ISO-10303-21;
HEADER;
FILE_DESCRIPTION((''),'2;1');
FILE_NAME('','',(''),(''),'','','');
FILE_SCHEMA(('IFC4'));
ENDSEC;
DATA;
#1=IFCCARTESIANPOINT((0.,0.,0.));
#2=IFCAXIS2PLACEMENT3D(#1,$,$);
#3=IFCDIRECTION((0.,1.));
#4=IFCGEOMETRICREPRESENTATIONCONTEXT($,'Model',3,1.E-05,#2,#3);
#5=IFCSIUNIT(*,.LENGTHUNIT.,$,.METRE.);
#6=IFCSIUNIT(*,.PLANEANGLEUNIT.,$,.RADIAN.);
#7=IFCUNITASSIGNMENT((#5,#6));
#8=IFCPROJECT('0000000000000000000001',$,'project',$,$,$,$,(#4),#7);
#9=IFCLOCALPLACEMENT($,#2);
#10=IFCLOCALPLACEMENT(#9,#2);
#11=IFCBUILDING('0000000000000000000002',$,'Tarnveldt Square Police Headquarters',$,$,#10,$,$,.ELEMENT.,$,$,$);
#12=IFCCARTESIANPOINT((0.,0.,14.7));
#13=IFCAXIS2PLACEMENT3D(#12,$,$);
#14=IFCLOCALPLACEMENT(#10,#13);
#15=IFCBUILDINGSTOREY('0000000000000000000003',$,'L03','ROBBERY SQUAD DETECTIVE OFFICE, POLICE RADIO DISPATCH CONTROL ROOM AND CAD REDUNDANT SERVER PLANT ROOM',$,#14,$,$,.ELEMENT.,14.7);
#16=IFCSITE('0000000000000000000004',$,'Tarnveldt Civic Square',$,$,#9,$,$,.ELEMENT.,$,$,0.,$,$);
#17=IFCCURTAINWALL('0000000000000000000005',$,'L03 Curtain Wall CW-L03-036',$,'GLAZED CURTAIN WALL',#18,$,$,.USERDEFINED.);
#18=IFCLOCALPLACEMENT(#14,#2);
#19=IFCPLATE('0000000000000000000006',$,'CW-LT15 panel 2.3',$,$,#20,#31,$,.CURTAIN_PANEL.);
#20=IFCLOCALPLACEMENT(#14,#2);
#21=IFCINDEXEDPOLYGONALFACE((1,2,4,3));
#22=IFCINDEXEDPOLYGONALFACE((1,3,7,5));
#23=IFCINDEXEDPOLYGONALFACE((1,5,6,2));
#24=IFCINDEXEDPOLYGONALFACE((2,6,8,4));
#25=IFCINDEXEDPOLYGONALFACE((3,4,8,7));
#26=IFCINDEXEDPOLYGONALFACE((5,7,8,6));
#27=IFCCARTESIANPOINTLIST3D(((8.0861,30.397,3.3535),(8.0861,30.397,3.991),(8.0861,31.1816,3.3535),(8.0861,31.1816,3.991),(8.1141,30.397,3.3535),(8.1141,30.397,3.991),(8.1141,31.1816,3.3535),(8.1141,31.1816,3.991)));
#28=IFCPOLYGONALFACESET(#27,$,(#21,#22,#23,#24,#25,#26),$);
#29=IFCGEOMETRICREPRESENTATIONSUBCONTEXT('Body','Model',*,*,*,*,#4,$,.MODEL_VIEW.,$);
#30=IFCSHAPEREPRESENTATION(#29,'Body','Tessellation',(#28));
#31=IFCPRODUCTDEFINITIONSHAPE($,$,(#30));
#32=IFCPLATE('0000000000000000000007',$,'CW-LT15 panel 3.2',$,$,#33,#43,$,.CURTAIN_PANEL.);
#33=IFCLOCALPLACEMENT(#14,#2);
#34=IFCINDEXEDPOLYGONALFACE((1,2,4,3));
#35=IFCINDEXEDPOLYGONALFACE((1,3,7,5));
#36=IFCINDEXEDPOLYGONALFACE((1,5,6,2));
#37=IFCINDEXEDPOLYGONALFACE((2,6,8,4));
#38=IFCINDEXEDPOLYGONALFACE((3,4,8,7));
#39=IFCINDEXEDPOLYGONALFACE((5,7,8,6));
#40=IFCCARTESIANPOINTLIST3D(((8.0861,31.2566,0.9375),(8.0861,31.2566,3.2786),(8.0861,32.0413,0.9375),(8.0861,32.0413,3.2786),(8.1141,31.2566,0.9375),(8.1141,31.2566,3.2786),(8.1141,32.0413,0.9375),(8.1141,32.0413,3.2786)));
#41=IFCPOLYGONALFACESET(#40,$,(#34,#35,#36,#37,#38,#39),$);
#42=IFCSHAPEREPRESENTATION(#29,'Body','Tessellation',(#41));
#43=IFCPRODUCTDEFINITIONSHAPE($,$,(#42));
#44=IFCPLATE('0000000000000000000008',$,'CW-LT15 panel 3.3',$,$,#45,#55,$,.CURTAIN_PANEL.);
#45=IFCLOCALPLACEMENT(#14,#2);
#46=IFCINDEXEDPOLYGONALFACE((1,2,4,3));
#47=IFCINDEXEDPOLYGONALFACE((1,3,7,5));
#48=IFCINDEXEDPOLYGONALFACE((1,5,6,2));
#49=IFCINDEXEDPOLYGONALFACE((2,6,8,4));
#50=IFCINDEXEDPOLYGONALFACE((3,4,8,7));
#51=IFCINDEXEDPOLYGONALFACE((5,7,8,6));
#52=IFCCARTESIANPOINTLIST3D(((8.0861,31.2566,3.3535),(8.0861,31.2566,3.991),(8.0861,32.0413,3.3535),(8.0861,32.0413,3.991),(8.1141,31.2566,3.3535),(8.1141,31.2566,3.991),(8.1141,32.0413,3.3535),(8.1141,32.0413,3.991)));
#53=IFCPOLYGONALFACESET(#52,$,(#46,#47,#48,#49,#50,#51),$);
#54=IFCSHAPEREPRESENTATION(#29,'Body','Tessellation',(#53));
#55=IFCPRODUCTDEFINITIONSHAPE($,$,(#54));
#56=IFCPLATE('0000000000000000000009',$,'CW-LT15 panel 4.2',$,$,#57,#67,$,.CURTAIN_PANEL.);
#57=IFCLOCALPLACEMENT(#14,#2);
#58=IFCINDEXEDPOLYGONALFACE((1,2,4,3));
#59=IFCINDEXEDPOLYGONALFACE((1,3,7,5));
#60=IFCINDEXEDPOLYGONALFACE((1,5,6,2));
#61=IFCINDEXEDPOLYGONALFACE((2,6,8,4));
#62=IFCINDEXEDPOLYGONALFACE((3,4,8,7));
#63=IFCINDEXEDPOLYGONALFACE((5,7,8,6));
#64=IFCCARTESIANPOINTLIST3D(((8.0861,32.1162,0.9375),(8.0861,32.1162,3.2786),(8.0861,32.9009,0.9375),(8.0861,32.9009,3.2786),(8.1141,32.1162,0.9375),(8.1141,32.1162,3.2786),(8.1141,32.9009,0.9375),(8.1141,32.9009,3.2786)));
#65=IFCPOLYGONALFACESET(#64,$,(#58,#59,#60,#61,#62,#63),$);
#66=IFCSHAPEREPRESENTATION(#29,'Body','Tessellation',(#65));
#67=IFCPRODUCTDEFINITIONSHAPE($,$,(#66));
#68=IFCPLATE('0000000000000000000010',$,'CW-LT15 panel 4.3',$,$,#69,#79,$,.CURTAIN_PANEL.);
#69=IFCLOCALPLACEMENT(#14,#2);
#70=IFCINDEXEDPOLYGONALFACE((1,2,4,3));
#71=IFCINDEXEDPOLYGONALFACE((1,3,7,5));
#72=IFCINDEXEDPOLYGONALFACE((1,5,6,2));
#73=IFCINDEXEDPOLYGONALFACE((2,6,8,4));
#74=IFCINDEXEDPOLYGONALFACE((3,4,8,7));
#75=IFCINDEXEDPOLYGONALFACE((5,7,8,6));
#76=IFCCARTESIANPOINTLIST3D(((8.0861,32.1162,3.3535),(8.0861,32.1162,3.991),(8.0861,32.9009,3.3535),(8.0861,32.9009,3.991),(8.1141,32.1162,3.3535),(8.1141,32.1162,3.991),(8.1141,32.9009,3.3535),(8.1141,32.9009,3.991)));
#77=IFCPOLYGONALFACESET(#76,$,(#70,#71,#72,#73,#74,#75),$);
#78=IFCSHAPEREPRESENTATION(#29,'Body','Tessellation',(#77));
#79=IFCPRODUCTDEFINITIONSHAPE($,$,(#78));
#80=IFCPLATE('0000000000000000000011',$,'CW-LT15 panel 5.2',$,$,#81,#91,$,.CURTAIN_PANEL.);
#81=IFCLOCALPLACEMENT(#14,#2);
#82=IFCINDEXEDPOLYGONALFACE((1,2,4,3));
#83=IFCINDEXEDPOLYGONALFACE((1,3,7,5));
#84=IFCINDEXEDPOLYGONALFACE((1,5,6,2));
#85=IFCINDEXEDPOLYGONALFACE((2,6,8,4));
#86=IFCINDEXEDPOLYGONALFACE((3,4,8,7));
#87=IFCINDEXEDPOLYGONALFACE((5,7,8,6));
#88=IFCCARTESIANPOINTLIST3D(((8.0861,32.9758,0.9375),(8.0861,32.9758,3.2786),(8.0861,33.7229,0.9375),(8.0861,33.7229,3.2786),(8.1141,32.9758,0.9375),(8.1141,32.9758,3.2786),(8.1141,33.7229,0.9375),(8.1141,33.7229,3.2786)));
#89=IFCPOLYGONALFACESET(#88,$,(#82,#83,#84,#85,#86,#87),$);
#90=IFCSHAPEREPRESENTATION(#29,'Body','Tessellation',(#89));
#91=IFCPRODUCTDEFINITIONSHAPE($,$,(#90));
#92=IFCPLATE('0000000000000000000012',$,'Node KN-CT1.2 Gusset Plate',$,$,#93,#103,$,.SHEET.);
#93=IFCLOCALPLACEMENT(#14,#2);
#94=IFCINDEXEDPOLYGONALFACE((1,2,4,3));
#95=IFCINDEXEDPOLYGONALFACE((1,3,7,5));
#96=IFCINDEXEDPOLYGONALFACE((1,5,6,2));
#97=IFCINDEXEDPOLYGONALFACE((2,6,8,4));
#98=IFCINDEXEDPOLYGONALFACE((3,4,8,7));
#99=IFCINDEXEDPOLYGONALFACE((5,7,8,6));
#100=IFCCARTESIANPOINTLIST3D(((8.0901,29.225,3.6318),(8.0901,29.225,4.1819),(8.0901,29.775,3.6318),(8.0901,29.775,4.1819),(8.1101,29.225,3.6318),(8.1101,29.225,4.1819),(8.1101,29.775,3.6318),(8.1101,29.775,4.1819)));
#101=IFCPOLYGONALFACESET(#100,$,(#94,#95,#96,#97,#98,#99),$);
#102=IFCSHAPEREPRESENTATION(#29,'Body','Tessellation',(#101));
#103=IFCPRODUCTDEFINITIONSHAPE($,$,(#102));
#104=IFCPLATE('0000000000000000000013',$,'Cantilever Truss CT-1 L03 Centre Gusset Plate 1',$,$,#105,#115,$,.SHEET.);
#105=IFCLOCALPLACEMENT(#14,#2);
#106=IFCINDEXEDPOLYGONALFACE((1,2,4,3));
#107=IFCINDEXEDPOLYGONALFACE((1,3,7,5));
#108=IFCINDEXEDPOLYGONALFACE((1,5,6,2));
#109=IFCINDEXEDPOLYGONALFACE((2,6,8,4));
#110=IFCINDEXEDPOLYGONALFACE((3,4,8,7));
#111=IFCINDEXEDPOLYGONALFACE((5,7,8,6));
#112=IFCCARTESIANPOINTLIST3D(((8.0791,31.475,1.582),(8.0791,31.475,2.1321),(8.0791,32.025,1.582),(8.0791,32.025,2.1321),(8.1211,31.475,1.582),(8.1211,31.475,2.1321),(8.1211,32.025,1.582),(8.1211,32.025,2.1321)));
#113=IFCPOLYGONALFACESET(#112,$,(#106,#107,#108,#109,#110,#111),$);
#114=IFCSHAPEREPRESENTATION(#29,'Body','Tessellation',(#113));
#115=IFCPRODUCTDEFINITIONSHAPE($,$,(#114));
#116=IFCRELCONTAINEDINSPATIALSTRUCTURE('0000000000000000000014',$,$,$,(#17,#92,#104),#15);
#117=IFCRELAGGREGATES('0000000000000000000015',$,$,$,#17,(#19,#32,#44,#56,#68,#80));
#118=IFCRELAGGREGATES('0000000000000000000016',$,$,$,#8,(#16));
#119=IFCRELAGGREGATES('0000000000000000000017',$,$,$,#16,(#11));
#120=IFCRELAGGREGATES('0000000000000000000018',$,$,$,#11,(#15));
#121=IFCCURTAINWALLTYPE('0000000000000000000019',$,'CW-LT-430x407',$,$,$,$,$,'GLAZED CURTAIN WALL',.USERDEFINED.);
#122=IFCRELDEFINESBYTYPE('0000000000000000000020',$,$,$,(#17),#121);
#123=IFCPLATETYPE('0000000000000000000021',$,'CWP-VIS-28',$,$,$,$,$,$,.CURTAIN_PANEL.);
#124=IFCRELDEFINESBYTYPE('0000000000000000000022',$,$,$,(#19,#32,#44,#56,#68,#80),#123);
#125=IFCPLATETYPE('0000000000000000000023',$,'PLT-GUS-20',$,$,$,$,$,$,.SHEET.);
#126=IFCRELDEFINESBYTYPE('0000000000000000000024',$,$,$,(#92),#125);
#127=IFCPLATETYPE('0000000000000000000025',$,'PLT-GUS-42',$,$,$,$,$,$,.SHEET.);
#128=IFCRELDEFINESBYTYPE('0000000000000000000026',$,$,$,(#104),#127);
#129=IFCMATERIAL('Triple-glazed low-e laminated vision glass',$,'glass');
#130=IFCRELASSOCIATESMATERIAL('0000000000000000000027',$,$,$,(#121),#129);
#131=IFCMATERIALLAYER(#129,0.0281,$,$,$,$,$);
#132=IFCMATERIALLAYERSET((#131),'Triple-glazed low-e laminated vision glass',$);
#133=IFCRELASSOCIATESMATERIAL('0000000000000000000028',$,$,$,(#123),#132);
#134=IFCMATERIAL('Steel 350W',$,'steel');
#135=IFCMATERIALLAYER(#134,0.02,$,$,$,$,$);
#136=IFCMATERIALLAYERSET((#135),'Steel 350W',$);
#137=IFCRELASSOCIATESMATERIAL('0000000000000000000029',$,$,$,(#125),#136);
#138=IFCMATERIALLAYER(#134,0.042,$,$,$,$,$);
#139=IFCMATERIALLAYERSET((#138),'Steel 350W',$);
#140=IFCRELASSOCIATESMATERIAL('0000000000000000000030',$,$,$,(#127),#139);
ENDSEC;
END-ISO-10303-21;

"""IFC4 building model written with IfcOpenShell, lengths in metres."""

from ifc_helpers import new_model, si_unit, direction, frame, origin, origin_2d, place, context, subcontext, project, spatial, rectangle, extrude, material, layer, layer_set, type_object, element, aggregate, save


model = new_model("IFC4")

# Units and contexts
model_context = context("Model", 3, precision=1e-05, world=origin(), true_north=direction((0.0, 1.0)))
body_context = subcontext(model_context, "Body", "Model", "MODEL_VIEW")
ifc_project = project(units=[si_unit("LENGTHUNIT", "METRE"), si_unit("PLANEANGLEUNIT", "RADIAN")], contexts=[model_context])

# Site, building, storey
site_placement = place(None, origin())
site = spatial("IfcSite", under=ifc_project, at=site_placement, Name="Tarnveldt Civic Square", CompositionType="ELEMENT", RefElevation=0.0)
building_placement = place(site_placement, origin())
building = spatial("IfcBuilding", under=site, at=building_placement, Name="Tarnveldt Square Police Headquarters", CompositionType="ELEMENT")
storey_placement = place(building_placement, frame((0.0, 0.0, 14.7)))
storey = spatial("IfcBuildingStorey", under=building, at=storey_placement, Name="L03", Description="ROBBERY SQUAD DETECTIVE OFFICE, POLICE RADIO DISPATCH CONTROL ROOM AND CAD REDUNDANT SERVER PLANT ROOM", CompositionType="ELEMENT", Elevation=14.7)

# Shared definitions
ifc_material_1 = material(Name="Steel 350W", Category="steel")

# Curtain wall
ifc_material_2 = material(Name="Triple-glazed low-e laminated vision glass", Category="glass")
curtain_wall_type_1 = type_object("IfcCurtainWallType", Name="CW-LT-430x407", ElementType="GLAZED CURTAIN WALL", PredefinedType="USERDEFINED", material=ifc_material_2)
curtain_wall_1_placement = place(storey_placement, origin())
curtain_wall_1 = element("IfcCurtainWall", 1, at=curtain_wall_1_placement, inside=storey, type_object=curtain_wall_type_1, Name="L03 Curtain Wall CW-L03-036", ObjectType="GLAZED CURTAIN WALL", PredefinedType="USERDEFINED")

# Plates
ifc_layer_1 = layer(ifc_material_2, 0.0281)
ifc_layer_set_1 = layer_set([ifc_layer_1], Name="Triple-glazed low-e laminated vision glass")
plate_type_1 = type_object("IfcPlateType", Name="CWP-VIS-28", PredefinedType="CURTAIN_PANEL", material=ifc_layer_set_1)
plate_1_placement = place(storey_placement, frame((8.1001, 30.7893, 3.3535), z_axis=(0.0, 0.0, 1.0), x_axis=(0.0, 1.0, 0.0)))
plate_1 = element("IfcPlate", 2, at=plate_1_placement, type_object=plate_type_1, Name="CW-LT15 panel 2.3", PredefinedType="CURTAIN_PANEL", context=body_context, shape_type="SweptSolid", body=[
    extrude(rectangle(XDim=0.7847, YDim=0.0281, at=origin_2d()), origin(), (0.0, 0.0, 1.0), 0.6375),
])
plate_2_placement = place(storey_placement, frame((8.1001, 31.6489, 0.9375), z_axis=(0.0, 0.0, 1.0), x_axis=(0.0, 1.0, 0.0)))
plate_2 = element("IfcPlate", 3, at=plate_2_placement, type_object=plate_type_1, Name="CW-LT15 panel 3.2", PredefinedType="CURTAIN_PANEL", context=body_context, shape_type="SweptSolid", body=[
    extrude(rectangle(XDim=0.7847, YDim=0.0281, at=origin_2d()), origin(), (0.0, 0.0, 1.0), 2.3411),
])
plate_3_placement = place(storey_placement, frame((8.1001, 31.6489, 3.3535), z_axis=(0.0, 0.0, 1.0), x_axis=(0.0, 1.0, 0.0)))
plate_3 = element("IfcPlate", 4, at=plate_3_placement, type_object=plate_type_1, Name="CW-LT15 panel 3.3", PredefinedType="CURTAIN_PANEL", context=body_context, shape_type="SweptSolid", body=[
    extrude(rectangle(XDim=0.7847, YDim=0.0281, at=origin_2d()), origin(), (0.0, 0.0, 1.0), 0.6375),
])
plate_4_placement = place(storey_placement, frame((8.1001, 32.5085, 0.9375), z_axis=(0.0, 0.0, 1.0), x_axis=(0.0, 1.0, 0.0)))
plate_4 = element("IfcPlate", 5, at=plate_4_placement, type_object=plate_type_1, Name="CW-LT15 panel 4.2", PredefinedType="CURTAIN_PANEL", context=body_context, shape_type="SweptSolid", body=[
    extrude(rectangle(XDim=0.7847, YDim=0.0281, at=origin_2d()), origin(), (0.0, 0.0, 1.0), 2.3411),
])
plate_5_placement = place(storey_placement, frame((8.1001, 32.5085, 3.3535), z_axis=(0.0, 0.0, 1.0), x_axis=(0.0, 1.0, 0.0)))
plate_5 = element("IfcPlate", 6, at=plate_5_placement, type_object=plate_type_1, Name="CW-LT15 panel 4.3", PredefinedType="CURTAIN_PANEL", context=body_context, shape_type="SweptSolid", body=[
    extrude(rectangle(XDim=0.7847, YDim=0.0281, at=origin_2d()), origin(), (0.0, 0.0, 1.0), 0.6375),
])
plate_6_placement = place(storey_placement, frame((8.1001, 33.3494, 0.9375), z_axis=(0.0, 0.0, 1.0), x_axis=(0.0, 1.0, 0.0)))
plate_6 = element("IfcPlate", 7, at=plate_6_placement, type_object=plate_type_1, Name="CW-LT15 panel 5.2", PredefinedType="CURTAIN_PANEL", context=body_context, shape_type="SweptSolid", body=[
    extrude(rectangle(XDim=0.7471, YDim=0.0281, at=origin_2d()), origin(), (0.0, 0.0, 1.0), 2.3411),
])
aggregate(curtain_wall_1, [plate_1, plate_2, plate_3, plate_4, plate_5, plate_6])

# Plates
ifc_layer_2 = layer(ifc_material_1, 0.02)
ifc_layer_set_2 = layer_set([ifc_layer_2], Name="Steel 350W")
plate_type_2 = type_object("IfcPlateType", Name="PLT-GUS-20", PredefinedType="SHEET", material=ifc_layer_set_2)
plate_7_placement = place(storey_placement, frame((8.1001, 29.5, 3.6318), z_axis=(0.0, 0.0, 1.0), x_axis=(1.0, 0.0, 0.0)))
element("IfcPlate", 8, at=plate_7_placement, inside=storey, type_object=plate_type_2, Name="Node KN-CT1.2 Gusset Plate", PredefinedType="SHEET", context=body_context, shape_type="SweptSolid", body=[
    extrude(rectangle(XDim=0.02, YDim=0.55, at=origin_2d()), origin(), (0.0, 0.0, 1.0), 0.55),
])
ifc_layer_3 = layer(ifc_material_1, 0.042)
ifc_layer_set_3 = layer_set([ifc_layer_3], Name="Steel 350W")
plate_type_3 = type_object("IfcPlateType", Name="PLT-GUS-42", PredefinedType="SHEET", material=ifc_layer_set_3)
plate_8_placement = place(storey_placement, frame((8.1001, 31.75, 1.582), z_axis=(0.0, 0.0, 1.0), x_axis=(1.0, 0.0, 0.0)))
element("IfcPlate", 9, at=plate_8_placement, inside=storey, type_object=plate_type_3, Name="Cantilever Truss CT-1 L03 Centre Gusset Plate 1", PredefinedType="SHEET", context=body_context, shape_type="SweptSolid", body=[
    extrude(rectangle(XDim=0.042, YDim=0.55, at=origin_2d()), origin(), (0.0, 0.0, 1.0), 0.55),
])

save(model, "model.ifc")
